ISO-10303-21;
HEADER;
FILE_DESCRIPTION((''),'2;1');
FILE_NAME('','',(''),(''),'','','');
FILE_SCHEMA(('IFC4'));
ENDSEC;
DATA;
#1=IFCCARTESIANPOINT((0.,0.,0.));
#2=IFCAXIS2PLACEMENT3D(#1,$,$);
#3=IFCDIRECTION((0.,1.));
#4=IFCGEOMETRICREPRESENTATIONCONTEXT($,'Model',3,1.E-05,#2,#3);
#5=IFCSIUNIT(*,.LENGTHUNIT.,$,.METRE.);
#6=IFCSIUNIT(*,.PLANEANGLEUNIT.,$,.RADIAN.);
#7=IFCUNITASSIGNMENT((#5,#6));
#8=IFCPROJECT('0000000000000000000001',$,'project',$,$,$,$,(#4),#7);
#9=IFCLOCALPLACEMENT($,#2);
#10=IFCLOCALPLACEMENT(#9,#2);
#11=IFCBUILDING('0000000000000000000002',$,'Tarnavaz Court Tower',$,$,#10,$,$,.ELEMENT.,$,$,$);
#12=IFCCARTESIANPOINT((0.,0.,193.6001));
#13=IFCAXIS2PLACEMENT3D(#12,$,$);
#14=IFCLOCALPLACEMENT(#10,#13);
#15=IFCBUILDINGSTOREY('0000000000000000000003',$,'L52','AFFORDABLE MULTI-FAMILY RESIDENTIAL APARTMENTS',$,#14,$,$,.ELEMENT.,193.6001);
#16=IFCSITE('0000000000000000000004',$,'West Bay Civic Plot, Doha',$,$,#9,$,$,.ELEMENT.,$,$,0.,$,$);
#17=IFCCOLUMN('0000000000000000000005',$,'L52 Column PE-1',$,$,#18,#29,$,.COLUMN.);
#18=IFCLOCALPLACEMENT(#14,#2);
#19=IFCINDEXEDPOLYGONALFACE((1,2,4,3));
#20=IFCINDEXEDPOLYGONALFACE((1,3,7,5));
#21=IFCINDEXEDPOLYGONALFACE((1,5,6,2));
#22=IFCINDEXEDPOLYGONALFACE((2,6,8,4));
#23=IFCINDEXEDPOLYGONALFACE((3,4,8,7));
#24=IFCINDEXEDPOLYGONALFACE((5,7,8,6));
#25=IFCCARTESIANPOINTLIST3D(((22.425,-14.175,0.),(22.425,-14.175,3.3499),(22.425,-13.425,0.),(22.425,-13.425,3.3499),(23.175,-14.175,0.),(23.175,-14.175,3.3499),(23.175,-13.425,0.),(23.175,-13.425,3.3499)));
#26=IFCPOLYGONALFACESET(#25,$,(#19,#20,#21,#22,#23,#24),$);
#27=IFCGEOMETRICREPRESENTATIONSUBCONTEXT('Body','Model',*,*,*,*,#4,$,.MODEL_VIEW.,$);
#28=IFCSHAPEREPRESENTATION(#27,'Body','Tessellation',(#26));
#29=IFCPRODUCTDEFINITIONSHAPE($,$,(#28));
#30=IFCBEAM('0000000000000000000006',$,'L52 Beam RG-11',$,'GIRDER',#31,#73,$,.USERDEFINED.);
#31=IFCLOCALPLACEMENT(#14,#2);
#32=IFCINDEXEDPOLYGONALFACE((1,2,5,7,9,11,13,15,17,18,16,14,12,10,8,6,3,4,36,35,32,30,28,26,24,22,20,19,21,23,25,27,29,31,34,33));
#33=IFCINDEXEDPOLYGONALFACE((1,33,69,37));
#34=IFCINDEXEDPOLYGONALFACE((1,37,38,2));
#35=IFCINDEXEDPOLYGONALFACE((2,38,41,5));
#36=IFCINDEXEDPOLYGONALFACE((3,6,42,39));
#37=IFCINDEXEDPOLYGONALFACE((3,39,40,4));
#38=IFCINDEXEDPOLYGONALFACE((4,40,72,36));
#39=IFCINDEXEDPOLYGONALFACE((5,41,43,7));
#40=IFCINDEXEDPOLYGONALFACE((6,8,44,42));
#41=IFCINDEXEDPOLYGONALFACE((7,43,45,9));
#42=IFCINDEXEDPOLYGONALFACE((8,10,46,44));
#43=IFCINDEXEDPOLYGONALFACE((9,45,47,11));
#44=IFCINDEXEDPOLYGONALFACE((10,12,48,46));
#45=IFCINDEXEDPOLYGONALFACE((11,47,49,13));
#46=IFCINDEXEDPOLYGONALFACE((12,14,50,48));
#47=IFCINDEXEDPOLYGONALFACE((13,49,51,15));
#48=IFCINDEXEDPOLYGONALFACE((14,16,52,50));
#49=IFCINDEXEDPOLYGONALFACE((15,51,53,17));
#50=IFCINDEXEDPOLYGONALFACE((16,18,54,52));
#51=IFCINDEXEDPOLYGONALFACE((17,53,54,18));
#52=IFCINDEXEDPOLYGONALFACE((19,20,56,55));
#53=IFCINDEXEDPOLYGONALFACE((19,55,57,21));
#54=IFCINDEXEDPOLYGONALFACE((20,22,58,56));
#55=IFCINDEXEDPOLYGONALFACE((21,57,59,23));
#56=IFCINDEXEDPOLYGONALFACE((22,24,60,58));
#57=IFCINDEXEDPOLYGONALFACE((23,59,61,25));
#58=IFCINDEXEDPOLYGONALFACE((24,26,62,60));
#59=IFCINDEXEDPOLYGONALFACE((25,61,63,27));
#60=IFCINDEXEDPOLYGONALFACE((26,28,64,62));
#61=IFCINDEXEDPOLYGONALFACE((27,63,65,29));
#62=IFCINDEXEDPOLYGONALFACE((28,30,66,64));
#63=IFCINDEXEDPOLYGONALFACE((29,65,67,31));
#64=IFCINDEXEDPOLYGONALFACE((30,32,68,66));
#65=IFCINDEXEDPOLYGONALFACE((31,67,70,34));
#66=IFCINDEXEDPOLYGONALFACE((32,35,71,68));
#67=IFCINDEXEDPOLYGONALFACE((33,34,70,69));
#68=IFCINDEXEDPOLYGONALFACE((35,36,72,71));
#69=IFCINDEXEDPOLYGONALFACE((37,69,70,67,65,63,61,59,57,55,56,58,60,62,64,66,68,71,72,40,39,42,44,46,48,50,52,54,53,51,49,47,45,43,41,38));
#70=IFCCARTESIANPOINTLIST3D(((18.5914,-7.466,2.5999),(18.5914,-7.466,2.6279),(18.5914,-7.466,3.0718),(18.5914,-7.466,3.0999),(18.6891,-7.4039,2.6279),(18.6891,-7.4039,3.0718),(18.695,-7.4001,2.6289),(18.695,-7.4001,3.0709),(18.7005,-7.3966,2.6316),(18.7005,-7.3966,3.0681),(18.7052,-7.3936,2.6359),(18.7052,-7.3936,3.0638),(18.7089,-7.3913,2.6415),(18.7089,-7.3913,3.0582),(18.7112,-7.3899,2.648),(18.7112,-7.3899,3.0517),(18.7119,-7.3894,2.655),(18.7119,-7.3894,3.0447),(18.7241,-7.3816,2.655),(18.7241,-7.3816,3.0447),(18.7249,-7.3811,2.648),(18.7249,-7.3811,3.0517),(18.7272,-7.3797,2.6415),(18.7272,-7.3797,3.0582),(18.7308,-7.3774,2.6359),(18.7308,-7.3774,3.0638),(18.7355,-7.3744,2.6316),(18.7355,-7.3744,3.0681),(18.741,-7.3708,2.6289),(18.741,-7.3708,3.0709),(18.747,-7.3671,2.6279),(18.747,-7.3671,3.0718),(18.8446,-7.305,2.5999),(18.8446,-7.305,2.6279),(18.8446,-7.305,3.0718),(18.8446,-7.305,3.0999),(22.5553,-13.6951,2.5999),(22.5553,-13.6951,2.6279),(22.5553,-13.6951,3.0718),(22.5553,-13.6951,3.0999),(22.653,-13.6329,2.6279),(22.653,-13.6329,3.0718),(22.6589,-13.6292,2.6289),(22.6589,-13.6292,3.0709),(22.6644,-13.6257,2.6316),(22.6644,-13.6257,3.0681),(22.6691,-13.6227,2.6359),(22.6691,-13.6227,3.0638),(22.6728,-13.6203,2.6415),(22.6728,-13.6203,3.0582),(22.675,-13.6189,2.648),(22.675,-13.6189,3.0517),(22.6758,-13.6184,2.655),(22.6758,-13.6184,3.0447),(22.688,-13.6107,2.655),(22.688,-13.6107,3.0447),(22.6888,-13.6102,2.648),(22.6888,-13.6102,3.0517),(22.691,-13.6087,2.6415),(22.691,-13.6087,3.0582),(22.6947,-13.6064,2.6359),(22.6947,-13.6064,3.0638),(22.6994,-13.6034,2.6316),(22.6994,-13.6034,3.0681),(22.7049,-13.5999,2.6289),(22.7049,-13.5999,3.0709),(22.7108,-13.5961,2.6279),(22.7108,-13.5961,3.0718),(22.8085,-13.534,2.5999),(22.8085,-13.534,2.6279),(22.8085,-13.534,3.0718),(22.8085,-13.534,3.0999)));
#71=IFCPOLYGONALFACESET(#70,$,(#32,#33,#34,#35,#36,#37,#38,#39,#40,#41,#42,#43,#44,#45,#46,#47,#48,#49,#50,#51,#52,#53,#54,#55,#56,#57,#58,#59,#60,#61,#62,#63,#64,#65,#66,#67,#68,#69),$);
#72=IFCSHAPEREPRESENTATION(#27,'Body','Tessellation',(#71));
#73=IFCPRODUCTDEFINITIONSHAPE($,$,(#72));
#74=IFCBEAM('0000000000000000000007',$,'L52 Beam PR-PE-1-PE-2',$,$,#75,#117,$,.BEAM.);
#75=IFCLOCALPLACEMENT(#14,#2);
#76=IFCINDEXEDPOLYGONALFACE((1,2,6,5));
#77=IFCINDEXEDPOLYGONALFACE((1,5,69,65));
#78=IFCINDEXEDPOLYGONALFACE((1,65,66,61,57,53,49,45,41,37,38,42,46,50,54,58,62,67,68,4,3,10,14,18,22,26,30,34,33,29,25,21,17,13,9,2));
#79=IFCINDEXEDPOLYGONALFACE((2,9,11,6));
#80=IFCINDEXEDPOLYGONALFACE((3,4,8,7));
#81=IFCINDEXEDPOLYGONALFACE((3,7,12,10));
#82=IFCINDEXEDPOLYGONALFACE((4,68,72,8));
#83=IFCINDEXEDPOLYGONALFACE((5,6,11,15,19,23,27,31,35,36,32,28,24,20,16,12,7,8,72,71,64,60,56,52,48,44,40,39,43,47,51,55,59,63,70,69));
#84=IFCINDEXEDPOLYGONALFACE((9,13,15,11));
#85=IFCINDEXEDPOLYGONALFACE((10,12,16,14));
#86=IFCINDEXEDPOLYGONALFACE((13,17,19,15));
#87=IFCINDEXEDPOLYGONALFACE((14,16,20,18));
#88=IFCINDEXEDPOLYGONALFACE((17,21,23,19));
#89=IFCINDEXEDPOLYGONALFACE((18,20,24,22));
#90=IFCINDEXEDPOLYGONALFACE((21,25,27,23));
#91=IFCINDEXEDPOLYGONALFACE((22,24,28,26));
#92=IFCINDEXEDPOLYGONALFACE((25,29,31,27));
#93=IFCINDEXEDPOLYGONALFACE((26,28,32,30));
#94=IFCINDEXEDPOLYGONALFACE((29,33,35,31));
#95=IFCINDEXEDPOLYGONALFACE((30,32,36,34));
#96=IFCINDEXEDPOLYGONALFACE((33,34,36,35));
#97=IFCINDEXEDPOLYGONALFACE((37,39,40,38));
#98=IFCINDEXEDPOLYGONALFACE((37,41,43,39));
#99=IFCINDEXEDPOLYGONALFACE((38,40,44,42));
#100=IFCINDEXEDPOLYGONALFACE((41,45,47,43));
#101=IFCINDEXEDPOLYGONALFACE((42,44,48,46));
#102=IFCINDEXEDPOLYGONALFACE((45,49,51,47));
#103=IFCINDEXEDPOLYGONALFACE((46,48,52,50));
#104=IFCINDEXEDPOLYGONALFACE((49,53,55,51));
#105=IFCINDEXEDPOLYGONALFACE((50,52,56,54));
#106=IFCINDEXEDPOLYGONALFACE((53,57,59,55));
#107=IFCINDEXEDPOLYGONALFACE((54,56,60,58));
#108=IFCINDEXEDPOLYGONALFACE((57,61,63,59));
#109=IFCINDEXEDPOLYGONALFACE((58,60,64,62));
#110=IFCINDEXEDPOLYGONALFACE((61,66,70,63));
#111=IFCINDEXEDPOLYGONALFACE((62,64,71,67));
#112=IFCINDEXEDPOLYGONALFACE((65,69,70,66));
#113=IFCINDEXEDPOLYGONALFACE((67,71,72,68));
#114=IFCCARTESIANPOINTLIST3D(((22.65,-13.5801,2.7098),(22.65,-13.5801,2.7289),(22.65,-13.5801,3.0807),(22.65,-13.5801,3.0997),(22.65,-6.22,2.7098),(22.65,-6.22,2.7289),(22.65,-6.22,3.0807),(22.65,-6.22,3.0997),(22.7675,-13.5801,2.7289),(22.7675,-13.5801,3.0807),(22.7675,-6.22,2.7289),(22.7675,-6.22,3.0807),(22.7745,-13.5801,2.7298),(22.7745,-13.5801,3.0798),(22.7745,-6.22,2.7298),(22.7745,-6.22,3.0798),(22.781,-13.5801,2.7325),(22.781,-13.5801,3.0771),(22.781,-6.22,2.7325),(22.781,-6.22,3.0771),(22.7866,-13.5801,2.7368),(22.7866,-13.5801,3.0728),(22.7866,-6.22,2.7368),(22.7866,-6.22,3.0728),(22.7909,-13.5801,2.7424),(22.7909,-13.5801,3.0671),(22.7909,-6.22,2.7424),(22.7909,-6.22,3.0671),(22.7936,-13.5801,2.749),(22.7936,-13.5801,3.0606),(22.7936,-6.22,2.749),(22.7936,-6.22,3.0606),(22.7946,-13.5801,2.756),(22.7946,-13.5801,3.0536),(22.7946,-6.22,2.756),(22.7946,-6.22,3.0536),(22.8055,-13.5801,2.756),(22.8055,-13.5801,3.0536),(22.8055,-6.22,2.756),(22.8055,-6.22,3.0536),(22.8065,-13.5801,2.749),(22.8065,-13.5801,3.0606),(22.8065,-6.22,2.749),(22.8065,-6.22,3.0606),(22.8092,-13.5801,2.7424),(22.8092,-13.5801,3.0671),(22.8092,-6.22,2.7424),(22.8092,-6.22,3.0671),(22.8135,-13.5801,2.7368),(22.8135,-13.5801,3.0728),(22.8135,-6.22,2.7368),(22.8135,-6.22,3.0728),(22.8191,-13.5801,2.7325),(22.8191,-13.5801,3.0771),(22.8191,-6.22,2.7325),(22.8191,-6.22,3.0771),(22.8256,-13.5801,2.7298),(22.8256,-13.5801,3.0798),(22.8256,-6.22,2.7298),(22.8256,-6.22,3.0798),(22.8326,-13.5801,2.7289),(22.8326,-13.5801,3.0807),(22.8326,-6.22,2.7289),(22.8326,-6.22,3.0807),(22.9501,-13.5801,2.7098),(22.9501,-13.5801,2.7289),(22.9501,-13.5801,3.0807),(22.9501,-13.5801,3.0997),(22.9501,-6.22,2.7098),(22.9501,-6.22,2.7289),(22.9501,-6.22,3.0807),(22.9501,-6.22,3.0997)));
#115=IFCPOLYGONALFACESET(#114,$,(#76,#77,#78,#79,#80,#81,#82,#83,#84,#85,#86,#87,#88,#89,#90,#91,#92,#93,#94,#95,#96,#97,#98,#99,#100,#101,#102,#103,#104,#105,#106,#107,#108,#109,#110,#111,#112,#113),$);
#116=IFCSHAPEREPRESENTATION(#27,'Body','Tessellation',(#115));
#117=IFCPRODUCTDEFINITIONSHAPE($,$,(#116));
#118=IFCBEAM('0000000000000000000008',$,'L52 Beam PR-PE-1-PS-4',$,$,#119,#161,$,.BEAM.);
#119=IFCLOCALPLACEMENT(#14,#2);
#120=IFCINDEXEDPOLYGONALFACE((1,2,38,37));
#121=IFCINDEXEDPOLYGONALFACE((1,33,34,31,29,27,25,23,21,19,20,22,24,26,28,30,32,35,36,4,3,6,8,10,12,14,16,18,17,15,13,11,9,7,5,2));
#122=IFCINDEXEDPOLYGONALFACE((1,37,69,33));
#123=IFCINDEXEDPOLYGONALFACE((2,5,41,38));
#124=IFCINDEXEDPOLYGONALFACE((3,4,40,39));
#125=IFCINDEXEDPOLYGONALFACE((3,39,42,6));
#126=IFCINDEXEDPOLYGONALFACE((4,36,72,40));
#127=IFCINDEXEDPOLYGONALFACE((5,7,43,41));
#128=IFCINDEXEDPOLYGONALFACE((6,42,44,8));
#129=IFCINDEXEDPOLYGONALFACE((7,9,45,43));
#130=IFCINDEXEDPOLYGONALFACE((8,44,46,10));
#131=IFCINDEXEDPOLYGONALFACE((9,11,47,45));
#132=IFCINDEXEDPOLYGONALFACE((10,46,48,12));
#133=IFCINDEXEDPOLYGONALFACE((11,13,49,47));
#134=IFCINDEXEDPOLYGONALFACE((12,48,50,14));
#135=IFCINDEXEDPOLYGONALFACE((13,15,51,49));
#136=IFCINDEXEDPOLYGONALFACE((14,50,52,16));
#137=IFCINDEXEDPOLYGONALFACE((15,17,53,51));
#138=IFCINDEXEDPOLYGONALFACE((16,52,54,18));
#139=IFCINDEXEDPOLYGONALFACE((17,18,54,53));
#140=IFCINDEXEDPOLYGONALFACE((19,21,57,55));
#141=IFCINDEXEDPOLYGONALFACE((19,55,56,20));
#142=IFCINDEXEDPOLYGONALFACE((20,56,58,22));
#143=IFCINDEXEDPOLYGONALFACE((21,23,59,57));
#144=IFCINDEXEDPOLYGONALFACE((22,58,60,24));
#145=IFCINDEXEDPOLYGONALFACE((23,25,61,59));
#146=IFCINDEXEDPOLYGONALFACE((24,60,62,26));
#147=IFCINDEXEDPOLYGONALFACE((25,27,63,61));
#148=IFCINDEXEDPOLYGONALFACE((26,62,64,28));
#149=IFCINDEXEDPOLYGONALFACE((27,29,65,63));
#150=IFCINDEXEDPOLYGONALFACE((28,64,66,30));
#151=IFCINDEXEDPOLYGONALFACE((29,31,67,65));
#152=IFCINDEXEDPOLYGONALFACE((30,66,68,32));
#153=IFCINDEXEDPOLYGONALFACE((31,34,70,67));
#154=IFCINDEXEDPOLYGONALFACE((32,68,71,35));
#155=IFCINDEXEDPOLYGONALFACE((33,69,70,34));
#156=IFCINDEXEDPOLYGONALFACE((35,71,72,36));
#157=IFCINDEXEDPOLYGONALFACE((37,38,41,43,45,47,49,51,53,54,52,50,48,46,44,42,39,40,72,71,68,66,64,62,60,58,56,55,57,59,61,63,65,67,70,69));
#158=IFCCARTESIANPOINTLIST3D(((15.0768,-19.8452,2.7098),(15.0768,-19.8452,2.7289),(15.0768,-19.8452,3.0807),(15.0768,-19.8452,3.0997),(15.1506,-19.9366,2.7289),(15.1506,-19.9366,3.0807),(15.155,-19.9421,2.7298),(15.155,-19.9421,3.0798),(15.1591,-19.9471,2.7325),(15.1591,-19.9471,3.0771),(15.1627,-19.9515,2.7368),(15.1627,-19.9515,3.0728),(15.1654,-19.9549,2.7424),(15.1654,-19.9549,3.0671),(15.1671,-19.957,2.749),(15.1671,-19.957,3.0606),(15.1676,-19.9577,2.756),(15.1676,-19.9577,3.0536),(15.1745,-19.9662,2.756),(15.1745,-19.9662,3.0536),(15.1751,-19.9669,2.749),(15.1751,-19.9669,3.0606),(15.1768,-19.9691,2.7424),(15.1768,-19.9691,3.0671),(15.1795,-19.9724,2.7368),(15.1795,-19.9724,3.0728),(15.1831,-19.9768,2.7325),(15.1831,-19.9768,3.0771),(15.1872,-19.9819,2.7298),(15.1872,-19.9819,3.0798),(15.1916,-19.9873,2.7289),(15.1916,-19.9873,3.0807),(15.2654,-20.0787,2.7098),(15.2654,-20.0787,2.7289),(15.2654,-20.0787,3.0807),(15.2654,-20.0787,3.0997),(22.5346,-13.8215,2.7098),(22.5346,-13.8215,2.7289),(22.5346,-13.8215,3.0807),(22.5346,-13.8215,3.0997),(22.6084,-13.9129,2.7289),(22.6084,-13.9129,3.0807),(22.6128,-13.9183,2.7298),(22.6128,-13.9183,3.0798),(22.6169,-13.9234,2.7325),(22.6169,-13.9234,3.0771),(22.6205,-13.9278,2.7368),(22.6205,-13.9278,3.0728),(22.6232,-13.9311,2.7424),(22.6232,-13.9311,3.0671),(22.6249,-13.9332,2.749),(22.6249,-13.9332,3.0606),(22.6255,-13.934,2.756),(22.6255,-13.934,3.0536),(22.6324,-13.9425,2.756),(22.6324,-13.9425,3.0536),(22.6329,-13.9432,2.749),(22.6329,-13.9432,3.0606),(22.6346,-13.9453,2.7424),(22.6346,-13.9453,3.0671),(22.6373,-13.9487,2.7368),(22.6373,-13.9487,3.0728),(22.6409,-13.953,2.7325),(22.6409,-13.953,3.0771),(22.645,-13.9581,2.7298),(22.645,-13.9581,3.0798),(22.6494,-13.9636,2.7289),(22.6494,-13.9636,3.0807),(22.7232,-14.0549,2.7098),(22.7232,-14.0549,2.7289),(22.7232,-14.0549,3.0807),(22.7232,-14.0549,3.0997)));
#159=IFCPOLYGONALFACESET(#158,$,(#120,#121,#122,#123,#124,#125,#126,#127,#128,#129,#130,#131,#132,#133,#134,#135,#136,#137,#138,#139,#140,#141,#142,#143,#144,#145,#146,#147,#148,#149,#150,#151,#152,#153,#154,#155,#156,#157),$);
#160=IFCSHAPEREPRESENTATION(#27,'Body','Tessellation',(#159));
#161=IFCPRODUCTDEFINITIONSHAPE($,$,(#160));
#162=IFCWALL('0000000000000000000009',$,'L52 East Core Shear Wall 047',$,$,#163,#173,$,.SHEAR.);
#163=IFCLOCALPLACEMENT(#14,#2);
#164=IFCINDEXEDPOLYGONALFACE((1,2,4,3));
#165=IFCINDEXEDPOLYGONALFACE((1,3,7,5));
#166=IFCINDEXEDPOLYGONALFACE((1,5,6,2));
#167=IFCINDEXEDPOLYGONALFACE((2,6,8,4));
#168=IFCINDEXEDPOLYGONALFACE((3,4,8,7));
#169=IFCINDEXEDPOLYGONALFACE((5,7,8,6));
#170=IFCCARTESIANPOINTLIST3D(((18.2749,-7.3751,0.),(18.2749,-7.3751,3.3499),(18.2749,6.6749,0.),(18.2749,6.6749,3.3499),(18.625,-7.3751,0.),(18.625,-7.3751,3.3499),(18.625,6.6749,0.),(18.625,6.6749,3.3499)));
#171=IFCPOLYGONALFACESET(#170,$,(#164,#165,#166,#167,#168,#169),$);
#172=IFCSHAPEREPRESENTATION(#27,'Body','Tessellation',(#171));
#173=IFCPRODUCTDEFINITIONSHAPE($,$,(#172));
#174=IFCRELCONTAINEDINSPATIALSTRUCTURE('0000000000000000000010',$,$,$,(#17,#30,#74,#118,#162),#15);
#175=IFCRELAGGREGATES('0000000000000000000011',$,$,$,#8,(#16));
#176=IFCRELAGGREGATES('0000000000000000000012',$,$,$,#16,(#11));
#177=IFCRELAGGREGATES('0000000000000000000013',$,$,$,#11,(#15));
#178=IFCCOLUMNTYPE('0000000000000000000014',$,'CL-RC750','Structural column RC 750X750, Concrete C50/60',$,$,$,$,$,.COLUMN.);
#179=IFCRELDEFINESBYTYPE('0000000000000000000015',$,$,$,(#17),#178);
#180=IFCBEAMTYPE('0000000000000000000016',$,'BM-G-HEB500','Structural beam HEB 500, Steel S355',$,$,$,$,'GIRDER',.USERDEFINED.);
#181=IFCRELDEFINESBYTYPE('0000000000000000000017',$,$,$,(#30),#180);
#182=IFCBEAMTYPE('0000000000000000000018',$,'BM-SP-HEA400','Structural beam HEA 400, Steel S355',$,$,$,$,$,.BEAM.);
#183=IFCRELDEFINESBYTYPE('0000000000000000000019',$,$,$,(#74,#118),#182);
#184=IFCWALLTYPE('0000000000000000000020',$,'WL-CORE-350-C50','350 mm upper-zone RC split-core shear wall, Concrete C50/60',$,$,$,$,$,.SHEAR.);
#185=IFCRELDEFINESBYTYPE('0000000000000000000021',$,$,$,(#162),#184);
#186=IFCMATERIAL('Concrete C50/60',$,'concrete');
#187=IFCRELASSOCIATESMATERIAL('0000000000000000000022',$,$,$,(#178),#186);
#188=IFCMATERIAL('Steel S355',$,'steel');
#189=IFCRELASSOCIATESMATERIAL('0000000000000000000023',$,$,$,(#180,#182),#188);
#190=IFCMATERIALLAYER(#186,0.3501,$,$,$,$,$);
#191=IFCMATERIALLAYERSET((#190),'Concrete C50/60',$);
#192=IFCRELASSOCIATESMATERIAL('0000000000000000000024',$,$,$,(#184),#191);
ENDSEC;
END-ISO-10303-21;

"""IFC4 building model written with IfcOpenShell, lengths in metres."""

from ifc_helpers import new_model, si_unit, direction, frame, frame_2d, origin, origin_2d, place, context, subcontext, project, spatial, rectangle, i_section, extrude, material, layer, layer_set, material_profile, profile_set, type_object, element, save


model = new_model("IFC4")

# Units and contexts
model_context = context("Model", 3, precision=1e-05, world=origin(), true_north=direction((0.0, 1.0)))
body_context = subcontext(model_context, "Body", "Model", "MODEL_VIEW")
ifc_project = project(units=[si_unit("LENGTHUNIT", "METRE"), si_unit("PLANEANGLEUNIT", "RADIAN")], contexts=[model_context])

# Site, building, storey
site_placement = place(None, origin())
site = spatial("IfcSite", under=ifc_project, at=site_placement, Name="West Bay Civic Plot, Doha", CompositionType="ELEMENT", RefElevation=0.0)
building_placement = place(site_placement, origin())
building = spatial("IfcBuilding", under=site, at=building_placement, Name="Tarnavaz Court Tower", CompositionType="ELEMENT")
storey_placement = place(building_placement, frame((0.0, 0.0, 193.6001)))
storey = spatial("IfcBuildingStorey", under=building, at=storey_placement, Name="L52", Description="AFFORDABLE MULTI-FAMILY RESIDENTIAL APARTMENTS", CompositionType="ELEMENT", Elevation=193.6001)

# Column
ifc_material_1 = material(Name="Concrete C50/60", Category="concrete")
ifc_material_profile_1 = material_profile(ifc_material_1, rectangle(XDim=0.75, YDim=0.75, at=origin_2d()), Name="RC 750X750")
ifc_profile_set_1 = profile_set([ifc_material_profile_1], Name="Concrete C50/60")
column_type = type_object("IfcColumnType", Name="CL-RC750", Description="Structural column RC 750X750, Concrete C50/60", PredefinedType="COLUMN", material=ifc_profile_set_1)
column_placement = place(storey_placement, frame((22.8, -13.8, 0.0), z_axis=(0.0, 0.0, 1.0), x_axis=(1.0, 0.0, 0.0)))
element("IfcColumn", 1, at=column_placement, inside=storey, type_object=column_type, Name="L52 Column PE-1", PredefinedType="COLUMN", context=body_context, shape_type="SweptSolid", body=[
    extrude(rectangle(XDim=0.75, YDim=0.75, at=origin_2d()), origin(), (0.0, 0.0, 1.0), 3.3499),
])

# Beams
ifc_material_2 = material(Name="Steel S355", Category="steel")
ifc_material_profile_2 = material_profile(ifc_material_2, i_section(OverallWidth=0.3, OverallDepth=0.5, WebThickness=0.0144, FlangeThickness=0.0281, FilletRadius=0.0271, at=origin_2d()), Name="HEB 500")
ifc_profile_set_2 = profile_set([ifc_material_profile_2], Name="Steel S355")
beam_type_1 = type_object("IfcBeamType", Name="BM-G-HEB500", Description="Structural beam HEB 500, Steel S355", ElementType="GIRDER", PredefinedType="USERDEFINED", material=ifc_profile_set_2)
beam_1_placement = place(storey_placement, frame((18.718, -7.3855, 2.8499), z_axis=(0.536871, -0.843664, 0.0), x_axis=(0.843664, 0.536871, 0.0)))
element("IfcBeam", 2, at=beam_1_placement, inside=storey, type_object=beam_type_1, Name="L52 Beam RG-11", ObjectType="GIRDER", PredefinedType="USERDEFINED", context=body_context, shape_type="SweptSolid", body=[
    extrude(i_section(OverallWidth=0.3, OverallDepth=0.5, WebThickness=0.0144, FlangeThickness=0.0281, FilletRadius=0.0271, at=origin_2d()), origin(), (0.0, 0.0, 1.0), 7.3833),
])
ifc_material_profile_3 = material_profile(ifc_material_2, i_section(OverallWidth=0.3, OverallDepth=0.3899, WebThickness=0.011, FlangeThickness=0.019, FilletRadius=0.0271, at=origin_2d()), Name="HEA 400")
ifc_profile_set_3 = profile_set([ifc_material_profile_3], Name="Steel S355")
beam_type_2 = type_object("IfcBeamType", Name="BM-SP-HEA400", Description="Structural beam HEA 400, Steel S355", PredefinedType="BEAM", material=ifc_profile_set_3)
beam_2_placement = place(storey_placement, frame((22.8, -13.5801, 2.9048), z_axis=(0.0, 1.0, 0.0), x_axis=(-1.0, 0.0, 0.0)))
element("IfcBeam", 3, at=beam_2_placement, inside=storey, type_object=beam_type_2, Name="L52 Beam PR-PE-1-PE-2", PredefinedType="BEAM", context=body_context, shape_type="SweptSolid", body=[
    extrude(i_section(OverallWidth=0.3, OverallDepth=0.3899, WebThickness=0.011, FlangeThickness=0.019, FilletRadius=0.0271, at=origin_2d()), origin(), (0.0, 0.0, 1.0), 7.3601),
])
beam_3_placement = place(storey_placement, frame((22.6289, -13.9382, 2.9048), z_axis=(-0.777936, -0.628344, 0.0), x_axis=(0.628344, -0.777936, 0.0)))
element("IfcBeam", 4, at=beam_3_placement, inside=storey, type_object=beam_type_2, Name="L52 Beam PR-PE-1-PS-4", PredefinedType="BEAM", context=body_context, shape_type="SweptSolid", body=[
    extrude(i_section(OverallWidth=0.3, OverallDepth=0.3899, WebThickness=0.011, FlangeThickness=0.019, FilletRadius=0.0271, at=origin_2d()), origin(), (0.0, 0.0, 1.0), 9.5867),
])

# Wall
ifc_layer_1 = layer(ifc_material_1, 0.3501)
ifc_layer_set_1 = layer_set([ifc_layer_1], Name="Concrete C50/60")
wall_type_1 = type_object("IfcWallType", Name="WL-CORE-350-C50", Description="350 mm upper-zone RC split-core shear wall, Concrete C50/60", PredefinedType="SHEAR", material=ifc_layer_set_1)
wall_1_placement = place(storey_placement, frame((18.45, -7.375, 0.0), z_axis=(0.0, 0.0, 1.0), x_axis=(0.0, 1.0, 0.0)))
element("IfcWall", 5, at=wall_1_placement, inside=storey, type_object=wall_type_1, Name="L52 East Core Shear Wall 047", PredefinedType="SHEAR", context=body_context, shape_type="SweptSolid", body=[
    extrude(rectangle(XDim=14.05, YDim=0.3501, at=frame_2d((7.0249, 0.0))), origin(), (0.0, 0.0, 1.0), 3.3499),
])

save(model, "model.ifc")
